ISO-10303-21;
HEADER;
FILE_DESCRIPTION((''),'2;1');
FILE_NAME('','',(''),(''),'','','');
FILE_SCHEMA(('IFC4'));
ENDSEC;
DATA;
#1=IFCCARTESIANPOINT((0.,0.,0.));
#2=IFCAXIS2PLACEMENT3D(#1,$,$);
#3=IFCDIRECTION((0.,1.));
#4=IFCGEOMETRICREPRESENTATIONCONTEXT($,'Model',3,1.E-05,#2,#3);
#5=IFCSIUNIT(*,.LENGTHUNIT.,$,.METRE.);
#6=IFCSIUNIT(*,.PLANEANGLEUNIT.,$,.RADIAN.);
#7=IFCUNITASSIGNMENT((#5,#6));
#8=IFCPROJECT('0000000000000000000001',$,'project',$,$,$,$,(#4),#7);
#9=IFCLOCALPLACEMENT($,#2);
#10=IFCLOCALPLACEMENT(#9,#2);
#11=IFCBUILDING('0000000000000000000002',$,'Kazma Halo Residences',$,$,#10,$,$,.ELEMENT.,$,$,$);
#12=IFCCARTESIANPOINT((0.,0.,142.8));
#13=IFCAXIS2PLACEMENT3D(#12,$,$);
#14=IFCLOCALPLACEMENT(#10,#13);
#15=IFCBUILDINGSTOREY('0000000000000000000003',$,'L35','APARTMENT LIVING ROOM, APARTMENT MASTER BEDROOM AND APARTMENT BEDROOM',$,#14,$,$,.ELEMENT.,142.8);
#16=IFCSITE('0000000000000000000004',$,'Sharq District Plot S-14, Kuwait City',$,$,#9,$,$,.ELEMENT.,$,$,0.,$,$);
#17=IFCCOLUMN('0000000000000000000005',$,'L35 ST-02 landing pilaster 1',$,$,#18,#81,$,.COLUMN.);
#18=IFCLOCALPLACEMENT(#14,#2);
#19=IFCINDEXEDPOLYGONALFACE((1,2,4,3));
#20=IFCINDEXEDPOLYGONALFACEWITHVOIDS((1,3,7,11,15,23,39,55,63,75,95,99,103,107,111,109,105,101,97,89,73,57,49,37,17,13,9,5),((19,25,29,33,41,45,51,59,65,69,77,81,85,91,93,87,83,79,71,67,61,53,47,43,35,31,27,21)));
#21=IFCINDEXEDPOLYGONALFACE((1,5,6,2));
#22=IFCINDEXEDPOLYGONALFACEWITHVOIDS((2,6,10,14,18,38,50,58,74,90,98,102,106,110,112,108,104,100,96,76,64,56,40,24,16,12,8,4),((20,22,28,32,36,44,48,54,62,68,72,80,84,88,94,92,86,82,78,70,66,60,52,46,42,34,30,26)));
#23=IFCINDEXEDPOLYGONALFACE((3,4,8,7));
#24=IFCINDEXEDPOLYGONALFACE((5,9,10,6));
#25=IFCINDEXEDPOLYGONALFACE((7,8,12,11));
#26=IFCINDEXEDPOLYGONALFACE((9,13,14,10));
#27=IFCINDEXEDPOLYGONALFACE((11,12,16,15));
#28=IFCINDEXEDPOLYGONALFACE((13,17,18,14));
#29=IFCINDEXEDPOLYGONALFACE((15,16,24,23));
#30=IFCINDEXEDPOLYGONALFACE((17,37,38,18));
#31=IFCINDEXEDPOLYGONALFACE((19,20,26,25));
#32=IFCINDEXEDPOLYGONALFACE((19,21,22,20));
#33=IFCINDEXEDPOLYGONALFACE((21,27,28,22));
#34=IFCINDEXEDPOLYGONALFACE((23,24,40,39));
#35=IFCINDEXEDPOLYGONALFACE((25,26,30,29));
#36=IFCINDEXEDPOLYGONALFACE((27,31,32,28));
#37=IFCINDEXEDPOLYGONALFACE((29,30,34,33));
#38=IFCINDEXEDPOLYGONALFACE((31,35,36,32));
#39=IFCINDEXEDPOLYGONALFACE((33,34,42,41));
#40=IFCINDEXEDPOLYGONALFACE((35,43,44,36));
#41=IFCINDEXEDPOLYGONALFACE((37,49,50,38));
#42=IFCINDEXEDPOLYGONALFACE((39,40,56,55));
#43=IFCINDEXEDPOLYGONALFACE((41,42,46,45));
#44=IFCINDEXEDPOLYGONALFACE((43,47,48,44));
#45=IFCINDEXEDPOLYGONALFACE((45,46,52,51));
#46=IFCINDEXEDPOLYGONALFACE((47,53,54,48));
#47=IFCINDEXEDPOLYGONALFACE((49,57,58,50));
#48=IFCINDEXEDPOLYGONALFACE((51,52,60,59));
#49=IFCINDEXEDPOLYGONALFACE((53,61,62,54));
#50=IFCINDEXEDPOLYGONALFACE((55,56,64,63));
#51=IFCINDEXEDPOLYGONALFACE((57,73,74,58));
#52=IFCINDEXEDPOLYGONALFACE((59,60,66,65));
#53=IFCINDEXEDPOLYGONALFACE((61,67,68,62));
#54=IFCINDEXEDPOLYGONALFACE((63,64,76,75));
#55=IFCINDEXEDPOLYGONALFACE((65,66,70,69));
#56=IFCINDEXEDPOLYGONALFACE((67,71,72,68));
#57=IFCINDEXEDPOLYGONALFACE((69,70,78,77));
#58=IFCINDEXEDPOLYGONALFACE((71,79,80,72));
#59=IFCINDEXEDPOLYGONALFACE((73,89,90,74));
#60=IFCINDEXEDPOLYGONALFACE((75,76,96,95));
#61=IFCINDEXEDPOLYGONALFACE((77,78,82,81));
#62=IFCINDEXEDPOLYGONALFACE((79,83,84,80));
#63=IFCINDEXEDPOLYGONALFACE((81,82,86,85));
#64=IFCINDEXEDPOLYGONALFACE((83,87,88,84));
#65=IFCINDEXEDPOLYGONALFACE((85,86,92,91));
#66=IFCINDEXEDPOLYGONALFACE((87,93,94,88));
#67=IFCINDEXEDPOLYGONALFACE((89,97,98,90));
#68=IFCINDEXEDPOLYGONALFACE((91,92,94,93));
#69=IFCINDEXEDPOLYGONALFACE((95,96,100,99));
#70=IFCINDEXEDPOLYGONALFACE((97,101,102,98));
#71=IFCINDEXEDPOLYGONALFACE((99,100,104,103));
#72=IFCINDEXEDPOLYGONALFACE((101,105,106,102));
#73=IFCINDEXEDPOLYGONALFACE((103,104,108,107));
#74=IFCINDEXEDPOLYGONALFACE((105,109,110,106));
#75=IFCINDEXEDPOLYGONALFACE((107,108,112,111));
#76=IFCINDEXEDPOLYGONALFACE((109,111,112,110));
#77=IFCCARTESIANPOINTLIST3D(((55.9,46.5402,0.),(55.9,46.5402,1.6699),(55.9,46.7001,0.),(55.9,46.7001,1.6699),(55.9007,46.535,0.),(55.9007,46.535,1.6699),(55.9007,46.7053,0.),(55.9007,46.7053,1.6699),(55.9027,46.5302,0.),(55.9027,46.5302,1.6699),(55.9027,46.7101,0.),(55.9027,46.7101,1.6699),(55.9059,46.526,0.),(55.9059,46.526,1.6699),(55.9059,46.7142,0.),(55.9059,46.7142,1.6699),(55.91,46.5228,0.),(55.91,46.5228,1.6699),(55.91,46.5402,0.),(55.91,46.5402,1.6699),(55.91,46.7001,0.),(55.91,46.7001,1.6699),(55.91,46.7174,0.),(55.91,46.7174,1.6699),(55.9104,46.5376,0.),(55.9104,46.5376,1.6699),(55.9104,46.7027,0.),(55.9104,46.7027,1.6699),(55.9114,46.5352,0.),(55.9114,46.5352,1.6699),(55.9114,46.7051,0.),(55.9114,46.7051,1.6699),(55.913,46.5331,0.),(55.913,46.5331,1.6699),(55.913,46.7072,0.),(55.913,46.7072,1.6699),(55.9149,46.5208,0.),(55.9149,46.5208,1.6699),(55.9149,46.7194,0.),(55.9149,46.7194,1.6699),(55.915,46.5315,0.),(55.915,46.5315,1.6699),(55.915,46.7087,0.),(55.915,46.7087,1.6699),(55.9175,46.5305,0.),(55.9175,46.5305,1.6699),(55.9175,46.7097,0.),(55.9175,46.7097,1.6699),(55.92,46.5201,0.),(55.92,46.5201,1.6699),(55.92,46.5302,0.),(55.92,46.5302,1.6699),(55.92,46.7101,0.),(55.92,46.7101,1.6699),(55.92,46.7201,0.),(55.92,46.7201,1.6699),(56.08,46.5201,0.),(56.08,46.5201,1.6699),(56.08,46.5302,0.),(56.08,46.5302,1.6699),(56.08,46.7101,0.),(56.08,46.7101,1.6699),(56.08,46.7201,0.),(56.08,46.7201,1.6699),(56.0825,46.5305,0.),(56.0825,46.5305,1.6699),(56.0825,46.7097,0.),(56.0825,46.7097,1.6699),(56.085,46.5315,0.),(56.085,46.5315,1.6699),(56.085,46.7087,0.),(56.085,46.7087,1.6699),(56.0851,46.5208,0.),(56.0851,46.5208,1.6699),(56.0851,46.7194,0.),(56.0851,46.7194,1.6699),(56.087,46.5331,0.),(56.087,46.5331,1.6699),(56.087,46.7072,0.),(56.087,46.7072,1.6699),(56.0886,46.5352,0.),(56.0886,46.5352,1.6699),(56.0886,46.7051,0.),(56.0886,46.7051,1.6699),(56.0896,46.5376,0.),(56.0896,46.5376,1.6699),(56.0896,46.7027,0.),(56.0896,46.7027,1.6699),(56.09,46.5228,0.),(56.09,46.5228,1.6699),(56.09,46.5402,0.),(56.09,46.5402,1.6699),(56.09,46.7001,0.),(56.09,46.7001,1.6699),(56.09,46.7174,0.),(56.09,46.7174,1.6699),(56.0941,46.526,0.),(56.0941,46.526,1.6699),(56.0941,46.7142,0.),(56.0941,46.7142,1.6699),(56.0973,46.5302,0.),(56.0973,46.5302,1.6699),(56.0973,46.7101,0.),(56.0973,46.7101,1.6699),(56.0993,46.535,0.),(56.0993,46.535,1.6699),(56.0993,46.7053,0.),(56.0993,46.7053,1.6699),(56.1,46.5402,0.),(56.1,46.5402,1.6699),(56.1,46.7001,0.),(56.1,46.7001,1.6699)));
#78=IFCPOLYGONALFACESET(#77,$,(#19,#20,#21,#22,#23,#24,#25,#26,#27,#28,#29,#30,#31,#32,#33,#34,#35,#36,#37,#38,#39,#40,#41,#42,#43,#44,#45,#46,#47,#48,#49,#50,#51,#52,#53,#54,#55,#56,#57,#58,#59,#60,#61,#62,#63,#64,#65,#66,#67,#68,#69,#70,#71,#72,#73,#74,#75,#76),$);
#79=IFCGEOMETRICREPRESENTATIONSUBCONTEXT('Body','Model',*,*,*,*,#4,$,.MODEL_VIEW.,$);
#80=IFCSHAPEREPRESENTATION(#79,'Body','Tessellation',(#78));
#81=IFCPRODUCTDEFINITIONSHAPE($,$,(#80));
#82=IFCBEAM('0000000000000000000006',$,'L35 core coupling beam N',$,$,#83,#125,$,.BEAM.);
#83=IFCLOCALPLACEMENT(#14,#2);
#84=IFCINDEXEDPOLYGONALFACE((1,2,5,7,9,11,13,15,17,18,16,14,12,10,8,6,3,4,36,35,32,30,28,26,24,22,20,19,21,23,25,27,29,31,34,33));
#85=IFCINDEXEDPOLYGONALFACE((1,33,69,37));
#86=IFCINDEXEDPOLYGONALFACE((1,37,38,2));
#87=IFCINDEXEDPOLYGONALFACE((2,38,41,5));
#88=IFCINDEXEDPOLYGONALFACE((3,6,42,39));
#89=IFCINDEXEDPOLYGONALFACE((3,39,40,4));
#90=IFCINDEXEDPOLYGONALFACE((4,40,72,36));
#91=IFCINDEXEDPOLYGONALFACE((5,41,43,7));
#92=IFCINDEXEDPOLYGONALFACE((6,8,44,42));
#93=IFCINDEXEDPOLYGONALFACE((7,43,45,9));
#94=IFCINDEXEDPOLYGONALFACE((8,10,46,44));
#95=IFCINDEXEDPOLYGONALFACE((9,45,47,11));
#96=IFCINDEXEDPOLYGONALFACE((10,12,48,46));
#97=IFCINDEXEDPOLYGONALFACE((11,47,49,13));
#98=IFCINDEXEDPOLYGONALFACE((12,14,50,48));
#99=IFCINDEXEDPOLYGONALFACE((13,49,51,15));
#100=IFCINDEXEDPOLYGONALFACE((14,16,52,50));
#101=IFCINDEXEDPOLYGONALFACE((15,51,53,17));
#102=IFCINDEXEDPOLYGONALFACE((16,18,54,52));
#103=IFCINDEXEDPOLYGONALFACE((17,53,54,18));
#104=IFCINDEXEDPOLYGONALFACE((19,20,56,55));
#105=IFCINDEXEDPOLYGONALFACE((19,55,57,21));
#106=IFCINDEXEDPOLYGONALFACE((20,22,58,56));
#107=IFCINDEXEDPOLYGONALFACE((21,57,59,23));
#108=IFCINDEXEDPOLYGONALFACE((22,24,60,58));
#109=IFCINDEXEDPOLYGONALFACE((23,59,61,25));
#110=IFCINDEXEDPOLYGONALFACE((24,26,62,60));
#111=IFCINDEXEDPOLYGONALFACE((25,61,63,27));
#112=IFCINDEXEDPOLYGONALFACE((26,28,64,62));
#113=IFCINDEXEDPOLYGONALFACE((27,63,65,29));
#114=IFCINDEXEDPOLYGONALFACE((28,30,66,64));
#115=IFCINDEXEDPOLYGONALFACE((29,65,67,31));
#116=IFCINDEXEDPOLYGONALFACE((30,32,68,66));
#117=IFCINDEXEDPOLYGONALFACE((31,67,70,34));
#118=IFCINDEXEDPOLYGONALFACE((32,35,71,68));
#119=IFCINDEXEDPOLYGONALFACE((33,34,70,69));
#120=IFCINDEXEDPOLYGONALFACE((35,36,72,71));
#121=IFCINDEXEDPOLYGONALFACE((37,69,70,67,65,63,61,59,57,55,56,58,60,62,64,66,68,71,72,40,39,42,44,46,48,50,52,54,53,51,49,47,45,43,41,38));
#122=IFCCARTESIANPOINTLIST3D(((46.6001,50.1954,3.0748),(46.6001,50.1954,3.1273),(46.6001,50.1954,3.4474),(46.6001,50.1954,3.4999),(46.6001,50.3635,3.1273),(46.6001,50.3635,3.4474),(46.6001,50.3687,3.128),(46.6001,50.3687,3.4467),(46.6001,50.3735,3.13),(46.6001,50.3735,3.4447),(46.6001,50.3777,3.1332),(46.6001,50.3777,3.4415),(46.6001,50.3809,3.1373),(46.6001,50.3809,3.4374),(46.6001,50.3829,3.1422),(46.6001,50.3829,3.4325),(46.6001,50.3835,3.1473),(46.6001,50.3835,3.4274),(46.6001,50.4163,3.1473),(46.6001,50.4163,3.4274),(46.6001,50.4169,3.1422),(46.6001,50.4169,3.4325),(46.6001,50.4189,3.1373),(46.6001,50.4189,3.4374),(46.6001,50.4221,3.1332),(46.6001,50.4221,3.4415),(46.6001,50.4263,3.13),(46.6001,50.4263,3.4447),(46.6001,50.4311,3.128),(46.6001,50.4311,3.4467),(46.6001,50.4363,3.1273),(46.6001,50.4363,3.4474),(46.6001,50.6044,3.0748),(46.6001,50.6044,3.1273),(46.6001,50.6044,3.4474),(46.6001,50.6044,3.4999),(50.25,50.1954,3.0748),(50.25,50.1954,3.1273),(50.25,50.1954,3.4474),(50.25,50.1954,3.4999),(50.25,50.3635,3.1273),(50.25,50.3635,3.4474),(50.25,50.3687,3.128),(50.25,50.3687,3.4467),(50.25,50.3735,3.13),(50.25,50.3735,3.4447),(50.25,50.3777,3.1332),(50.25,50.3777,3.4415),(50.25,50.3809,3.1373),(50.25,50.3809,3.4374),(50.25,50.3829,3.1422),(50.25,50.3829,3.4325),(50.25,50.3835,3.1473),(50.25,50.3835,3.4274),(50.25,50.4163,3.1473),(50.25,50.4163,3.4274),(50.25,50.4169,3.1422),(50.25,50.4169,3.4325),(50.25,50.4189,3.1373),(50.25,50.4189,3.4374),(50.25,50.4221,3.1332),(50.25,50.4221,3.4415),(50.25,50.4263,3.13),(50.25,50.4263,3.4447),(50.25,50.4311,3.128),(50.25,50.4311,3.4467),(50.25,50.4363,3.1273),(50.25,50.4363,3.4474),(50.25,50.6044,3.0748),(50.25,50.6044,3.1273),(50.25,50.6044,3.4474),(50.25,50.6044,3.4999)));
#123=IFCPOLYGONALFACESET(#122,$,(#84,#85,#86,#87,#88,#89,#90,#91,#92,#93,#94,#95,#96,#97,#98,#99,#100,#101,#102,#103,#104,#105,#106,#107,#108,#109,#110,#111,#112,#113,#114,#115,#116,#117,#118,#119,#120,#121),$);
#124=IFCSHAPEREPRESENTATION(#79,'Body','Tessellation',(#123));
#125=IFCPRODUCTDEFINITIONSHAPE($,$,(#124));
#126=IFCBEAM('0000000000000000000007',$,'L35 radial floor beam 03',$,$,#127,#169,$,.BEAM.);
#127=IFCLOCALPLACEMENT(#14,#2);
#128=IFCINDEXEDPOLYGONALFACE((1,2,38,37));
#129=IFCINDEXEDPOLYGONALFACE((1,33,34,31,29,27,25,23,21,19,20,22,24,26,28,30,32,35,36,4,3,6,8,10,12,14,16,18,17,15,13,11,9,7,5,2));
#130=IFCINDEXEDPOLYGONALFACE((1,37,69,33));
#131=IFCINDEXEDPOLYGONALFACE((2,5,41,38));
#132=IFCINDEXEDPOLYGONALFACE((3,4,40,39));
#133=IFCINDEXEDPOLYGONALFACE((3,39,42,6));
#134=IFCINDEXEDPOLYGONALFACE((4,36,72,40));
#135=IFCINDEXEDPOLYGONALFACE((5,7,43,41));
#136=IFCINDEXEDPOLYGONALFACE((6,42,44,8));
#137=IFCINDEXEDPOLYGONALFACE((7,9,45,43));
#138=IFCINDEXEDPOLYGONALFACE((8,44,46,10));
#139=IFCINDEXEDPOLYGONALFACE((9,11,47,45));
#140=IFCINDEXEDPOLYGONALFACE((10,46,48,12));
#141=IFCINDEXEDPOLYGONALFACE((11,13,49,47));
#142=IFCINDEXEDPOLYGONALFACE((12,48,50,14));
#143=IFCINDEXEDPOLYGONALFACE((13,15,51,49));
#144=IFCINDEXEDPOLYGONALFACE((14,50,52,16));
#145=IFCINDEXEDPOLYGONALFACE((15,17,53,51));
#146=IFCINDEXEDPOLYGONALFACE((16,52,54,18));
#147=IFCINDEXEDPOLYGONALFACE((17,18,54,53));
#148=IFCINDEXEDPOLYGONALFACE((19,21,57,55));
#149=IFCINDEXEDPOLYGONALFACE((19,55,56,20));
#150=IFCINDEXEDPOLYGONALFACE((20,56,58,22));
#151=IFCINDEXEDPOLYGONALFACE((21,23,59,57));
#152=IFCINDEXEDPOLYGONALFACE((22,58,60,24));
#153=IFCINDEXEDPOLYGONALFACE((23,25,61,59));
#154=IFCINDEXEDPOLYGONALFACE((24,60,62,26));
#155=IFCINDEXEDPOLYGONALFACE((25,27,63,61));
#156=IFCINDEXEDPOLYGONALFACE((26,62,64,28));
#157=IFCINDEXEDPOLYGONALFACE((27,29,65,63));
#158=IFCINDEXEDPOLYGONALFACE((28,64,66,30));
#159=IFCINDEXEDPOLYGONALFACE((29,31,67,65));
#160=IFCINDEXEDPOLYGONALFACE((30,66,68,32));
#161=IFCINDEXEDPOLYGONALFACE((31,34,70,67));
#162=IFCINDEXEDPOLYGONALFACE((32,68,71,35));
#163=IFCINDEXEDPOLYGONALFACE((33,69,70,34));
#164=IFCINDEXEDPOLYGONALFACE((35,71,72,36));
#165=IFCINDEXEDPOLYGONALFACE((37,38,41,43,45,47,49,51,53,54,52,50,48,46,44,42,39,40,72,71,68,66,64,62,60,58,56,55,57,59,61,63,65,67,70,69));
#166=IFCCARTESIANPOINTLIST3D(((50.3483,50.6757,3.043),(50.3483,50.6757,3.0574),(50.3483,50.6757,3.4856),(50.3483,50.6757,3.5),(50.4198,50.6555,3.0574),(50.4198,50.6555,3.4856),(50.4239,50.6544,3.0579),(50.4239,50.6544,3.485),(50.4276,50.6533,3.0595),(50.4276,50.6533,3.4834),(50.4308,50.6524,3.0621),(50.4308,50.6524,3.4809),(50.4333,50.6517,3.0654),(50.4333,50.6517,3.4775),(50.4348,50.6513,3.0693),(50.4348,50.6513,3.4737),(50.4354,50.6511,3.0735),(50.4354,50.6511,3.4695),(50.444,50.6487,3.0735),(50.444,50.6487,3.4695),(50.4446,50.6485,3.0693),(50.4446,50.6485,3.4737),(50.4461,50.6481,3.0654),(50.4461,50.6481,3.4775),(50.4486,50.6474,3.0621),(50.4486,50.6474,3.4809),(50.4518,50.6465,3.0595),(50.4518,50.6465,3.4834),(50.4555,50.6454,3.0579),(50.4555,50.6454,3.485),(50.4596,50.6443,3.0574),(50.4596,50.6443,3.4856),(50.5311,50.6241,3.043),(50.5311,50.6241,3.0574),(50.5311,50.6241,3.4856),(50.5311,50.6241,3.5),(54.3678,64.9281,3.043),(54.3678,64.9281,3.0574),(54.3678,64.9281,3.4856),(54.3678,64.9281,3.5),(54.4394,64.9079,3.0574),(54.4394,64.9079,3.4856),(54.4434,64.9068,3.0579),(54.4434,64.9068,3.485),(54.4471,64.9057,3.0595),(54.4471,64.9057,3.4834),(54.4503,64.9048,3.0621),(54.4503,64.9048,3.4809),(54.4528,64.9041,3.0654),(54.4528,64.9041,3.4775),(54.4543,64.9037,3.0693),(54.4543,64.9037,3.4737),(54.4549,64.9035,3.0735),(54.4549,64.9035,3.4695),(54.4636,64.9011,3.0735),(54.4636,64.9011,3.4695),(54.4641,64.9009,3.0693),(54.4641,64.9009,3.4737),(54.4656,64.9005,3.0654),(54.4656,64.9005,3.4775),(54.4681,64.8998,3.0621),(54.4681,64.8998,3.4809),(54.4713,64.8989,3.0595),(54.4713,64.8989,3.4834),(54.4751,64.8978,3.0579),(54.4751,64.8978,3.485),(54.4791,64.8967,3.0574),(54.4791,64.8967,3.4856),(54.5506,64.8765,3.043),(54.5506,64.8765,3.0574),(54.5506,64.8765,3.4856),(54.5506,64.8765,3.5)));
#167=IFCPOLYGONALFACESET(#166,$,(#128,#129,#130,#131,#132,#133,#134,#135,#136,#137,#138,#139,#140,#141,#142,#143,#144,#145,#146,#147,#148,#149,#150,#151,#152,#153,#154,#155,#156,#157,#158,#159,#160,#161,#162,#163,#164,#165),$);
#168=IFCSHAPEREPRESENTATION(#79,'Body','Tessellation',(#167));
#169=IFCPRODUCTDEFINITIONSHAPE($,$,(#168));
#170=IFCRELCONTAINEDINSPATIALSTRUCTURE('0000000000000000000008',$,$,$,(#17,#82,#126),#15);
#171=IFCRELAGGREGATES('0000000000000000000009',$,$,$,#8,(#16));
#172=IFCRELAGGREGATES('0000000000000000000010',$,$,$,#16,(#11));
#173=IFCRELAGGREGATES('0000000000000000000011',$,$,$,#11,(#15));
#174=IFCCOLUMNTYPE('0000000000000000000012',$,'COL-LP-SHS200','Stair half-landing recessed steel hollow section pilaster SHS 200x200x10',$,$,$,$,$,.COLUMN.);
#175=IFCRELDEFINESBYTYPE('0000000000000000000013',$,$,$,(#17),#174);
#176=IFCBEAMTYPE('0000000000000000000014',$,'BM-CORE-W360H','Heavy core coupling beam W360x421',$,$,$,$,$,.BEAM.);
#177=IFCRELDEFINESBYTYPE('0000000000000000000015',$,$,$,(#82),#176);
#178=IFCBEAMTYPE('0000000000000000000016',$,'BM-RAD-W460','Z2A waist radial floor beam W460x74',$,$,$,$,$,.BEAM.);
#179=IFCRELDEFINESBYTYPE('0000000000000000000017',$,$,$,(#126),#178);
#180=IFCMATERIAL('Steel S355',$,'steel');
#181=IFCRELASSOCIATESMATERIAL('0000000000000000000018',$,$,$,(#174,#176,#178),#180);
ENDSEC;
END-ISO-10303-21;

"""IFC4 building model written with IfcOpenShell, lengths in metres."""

from ifc_helpers import new_model, si_unit, direction, frame, origin, origin_2d, place, context, subcontext, project, spatial, hollow_rectangle, i_section, extrude, material, material_profile, profile_set, type_object, element, save


model = new_model("IFC4")

# Units and contexts
model_context = context("Model", 3, precision=1e-05, world=origin(), true_north=direction((0.0, 1.0)))
body_context = subcontext(model_context, "Body", "Model", "MODEL_VIEW")
ifc_project = project(units=[si_unit("LENGTHUNIT", "METRE"), si_unit("PLANEANGLEUNIT", "RADIAN")], contexts=[model_context])

# Site, building, storey
site_placement = place(None, origin())
site = spatial("IfcSite", under=ifc_project, at=site_placement, Name="Sharq District Plot S-14, Kuwait City", CompositionType="ELEMENT", RefElevation=0.0)
building_placement = place(site_placement, origin())
building = spatial("IfcBuilding", under=site, at=building_placement, Name="Kazma Halo Residences", CompositionType="ELEMENT")
storey_placement = place(building_placement, frame((0.0, 0.0, 142.8)))
storey = spatial("IfcBuildingStorey", under=building, at=storey_placement, Name="L35", Description="APARTMENT LIVING ROOM, APARTMENT MASTER BEDROOM AND APARTMENT BEDROOM", CompositionType="ELEMENT", Elevation=142.8)

# Column
ifc_material_1 = material(Name="Steel S355", Category="steel")
ifc_material_profile_1 = material_profile(ifc_material_1, hollow_rectangle(XDim=0.2, YDim=0.2, WallThickness=0.01, InnerFilletRadius=0.01, OuterFilletRadius=0.02, at=origin_2d()), Name="SHS200x200x10")
ifc_profile_set_1 = profile_set([ifc_material_profile_1], Name="Steel S355")
column_type = type_object("IfcColumnType", Name="COL-LP-SHS200", Description="Stair half-landing recessed steel hollow section pilaster SHS 200x200x10", PredefinedType="COLUMN", material=ifc_profile_set_1)
column_placement = place(storey_placement, frame((56.0, 46.6201, 0.0), z_axis=(0.0, 0.0, 1.0), x_axis=(1.0, 0.0, 0.0)))
element("IfcColumn", 1, at=column_placement, inside=storey, type_object=column_type, Name="L35 ST-02 landing pilaster 1", PredefinedType="COLUMN", context=body_context, shape_type="SweptSolid", body=[
    extrude(hollow_rectangle(XDim=0.2, YDim=0.2, WallThickness=0.01, InnerFilletRadius=0.01, OuterFilletRadius=0.02, at=origin_2d()), origin(), (0.0, 0.0, 1.0), 1.6699),
])

# Beams
ifc_material_profile_2 = material_profile(ifc_material_1, i_section(OverallWidth=0.4089, OverallDepth=0.425, WebThickness=0.0327, FlangeThickness=0.0525, FilletRadius=0.02, at=origin_2d()), Name="W360x421")
ifc_profile_set_2 = profile_set([ifc_material_profile_2], Name="Steel S355")
beam_type_1 = type_object("IfcBeamType", Name="BM-CORE-W360H", Description="Heavy core coupling beam W360x421", PredefinedType="BEAM", material=ifc_profile_set_2)
beam_1_placement = place(storey_placement, frame((46.6001, 50.3999, 3.2874), z_axis=(1.0, 0.0, 0.0), x_axis=(0.0, 1.0, 0.0)))
element("IfcBeam", 2, at=beam_1_placement, inside=storey, type_object=beam_type_1, Name="L35 core coupling beam N", PredefinedType="BEAM", context=body_context, shape_type="SweptSolid", body=[
    extrude(i_section(OverallWidth=0.4089, OverallDepth=0.425, WebThickness=0.0327, FlangeThickness=0.0525, FilletRadius=0.02, at=origin_2d()), origin(), (0.0, 0.0, 1.0), 3.6499),
])
ifc_material_profile_3 = material_profile(ifc_material_1, i_section(OverallWidth=0.1899, OverallDepth=0.457, WebThickness=0.009, FlangeThickness=0.0144, FilletRadius=0.0161, at=origin_2d()), Name="W460x74")
ifc_profile_set_3 = profile_set([ifc_material_profile_3], Name="Steel S355")
beam_type_2 = type_object("IfcBeamType", Name="BM-RAD-W460", Description="Z2A waist radial floor beam W460x74", PredefinedType="BEAM", material=ifc_profile_set_3)
beam_2_placement = place(storey_placement, frame((50.4397, 50.6499, 3.2715), z_axis=(0.271436, 0.962457, 0.0), x_axis=(-0.962457, 0.271436, 0.0)))
element("IfcBeam", 3, at=beam_2_placement, inside=storey, type_object=beam_type_2, Name="L35 radial floor beam 03", PredefinedType="BEAM", context=body_context, shape_type="SweptSolid", body=[
    extrude(i_section(OverallWidth=0.1899, OverallDepth=0.457, WebThickness=0.009, FlangeThickness=0.0144, FilletRadius=0.0161, at=origin_2d()), origin(), (0.0, 0.0, 1.0), 14.8083),
])

save(model, "model.ifc")
